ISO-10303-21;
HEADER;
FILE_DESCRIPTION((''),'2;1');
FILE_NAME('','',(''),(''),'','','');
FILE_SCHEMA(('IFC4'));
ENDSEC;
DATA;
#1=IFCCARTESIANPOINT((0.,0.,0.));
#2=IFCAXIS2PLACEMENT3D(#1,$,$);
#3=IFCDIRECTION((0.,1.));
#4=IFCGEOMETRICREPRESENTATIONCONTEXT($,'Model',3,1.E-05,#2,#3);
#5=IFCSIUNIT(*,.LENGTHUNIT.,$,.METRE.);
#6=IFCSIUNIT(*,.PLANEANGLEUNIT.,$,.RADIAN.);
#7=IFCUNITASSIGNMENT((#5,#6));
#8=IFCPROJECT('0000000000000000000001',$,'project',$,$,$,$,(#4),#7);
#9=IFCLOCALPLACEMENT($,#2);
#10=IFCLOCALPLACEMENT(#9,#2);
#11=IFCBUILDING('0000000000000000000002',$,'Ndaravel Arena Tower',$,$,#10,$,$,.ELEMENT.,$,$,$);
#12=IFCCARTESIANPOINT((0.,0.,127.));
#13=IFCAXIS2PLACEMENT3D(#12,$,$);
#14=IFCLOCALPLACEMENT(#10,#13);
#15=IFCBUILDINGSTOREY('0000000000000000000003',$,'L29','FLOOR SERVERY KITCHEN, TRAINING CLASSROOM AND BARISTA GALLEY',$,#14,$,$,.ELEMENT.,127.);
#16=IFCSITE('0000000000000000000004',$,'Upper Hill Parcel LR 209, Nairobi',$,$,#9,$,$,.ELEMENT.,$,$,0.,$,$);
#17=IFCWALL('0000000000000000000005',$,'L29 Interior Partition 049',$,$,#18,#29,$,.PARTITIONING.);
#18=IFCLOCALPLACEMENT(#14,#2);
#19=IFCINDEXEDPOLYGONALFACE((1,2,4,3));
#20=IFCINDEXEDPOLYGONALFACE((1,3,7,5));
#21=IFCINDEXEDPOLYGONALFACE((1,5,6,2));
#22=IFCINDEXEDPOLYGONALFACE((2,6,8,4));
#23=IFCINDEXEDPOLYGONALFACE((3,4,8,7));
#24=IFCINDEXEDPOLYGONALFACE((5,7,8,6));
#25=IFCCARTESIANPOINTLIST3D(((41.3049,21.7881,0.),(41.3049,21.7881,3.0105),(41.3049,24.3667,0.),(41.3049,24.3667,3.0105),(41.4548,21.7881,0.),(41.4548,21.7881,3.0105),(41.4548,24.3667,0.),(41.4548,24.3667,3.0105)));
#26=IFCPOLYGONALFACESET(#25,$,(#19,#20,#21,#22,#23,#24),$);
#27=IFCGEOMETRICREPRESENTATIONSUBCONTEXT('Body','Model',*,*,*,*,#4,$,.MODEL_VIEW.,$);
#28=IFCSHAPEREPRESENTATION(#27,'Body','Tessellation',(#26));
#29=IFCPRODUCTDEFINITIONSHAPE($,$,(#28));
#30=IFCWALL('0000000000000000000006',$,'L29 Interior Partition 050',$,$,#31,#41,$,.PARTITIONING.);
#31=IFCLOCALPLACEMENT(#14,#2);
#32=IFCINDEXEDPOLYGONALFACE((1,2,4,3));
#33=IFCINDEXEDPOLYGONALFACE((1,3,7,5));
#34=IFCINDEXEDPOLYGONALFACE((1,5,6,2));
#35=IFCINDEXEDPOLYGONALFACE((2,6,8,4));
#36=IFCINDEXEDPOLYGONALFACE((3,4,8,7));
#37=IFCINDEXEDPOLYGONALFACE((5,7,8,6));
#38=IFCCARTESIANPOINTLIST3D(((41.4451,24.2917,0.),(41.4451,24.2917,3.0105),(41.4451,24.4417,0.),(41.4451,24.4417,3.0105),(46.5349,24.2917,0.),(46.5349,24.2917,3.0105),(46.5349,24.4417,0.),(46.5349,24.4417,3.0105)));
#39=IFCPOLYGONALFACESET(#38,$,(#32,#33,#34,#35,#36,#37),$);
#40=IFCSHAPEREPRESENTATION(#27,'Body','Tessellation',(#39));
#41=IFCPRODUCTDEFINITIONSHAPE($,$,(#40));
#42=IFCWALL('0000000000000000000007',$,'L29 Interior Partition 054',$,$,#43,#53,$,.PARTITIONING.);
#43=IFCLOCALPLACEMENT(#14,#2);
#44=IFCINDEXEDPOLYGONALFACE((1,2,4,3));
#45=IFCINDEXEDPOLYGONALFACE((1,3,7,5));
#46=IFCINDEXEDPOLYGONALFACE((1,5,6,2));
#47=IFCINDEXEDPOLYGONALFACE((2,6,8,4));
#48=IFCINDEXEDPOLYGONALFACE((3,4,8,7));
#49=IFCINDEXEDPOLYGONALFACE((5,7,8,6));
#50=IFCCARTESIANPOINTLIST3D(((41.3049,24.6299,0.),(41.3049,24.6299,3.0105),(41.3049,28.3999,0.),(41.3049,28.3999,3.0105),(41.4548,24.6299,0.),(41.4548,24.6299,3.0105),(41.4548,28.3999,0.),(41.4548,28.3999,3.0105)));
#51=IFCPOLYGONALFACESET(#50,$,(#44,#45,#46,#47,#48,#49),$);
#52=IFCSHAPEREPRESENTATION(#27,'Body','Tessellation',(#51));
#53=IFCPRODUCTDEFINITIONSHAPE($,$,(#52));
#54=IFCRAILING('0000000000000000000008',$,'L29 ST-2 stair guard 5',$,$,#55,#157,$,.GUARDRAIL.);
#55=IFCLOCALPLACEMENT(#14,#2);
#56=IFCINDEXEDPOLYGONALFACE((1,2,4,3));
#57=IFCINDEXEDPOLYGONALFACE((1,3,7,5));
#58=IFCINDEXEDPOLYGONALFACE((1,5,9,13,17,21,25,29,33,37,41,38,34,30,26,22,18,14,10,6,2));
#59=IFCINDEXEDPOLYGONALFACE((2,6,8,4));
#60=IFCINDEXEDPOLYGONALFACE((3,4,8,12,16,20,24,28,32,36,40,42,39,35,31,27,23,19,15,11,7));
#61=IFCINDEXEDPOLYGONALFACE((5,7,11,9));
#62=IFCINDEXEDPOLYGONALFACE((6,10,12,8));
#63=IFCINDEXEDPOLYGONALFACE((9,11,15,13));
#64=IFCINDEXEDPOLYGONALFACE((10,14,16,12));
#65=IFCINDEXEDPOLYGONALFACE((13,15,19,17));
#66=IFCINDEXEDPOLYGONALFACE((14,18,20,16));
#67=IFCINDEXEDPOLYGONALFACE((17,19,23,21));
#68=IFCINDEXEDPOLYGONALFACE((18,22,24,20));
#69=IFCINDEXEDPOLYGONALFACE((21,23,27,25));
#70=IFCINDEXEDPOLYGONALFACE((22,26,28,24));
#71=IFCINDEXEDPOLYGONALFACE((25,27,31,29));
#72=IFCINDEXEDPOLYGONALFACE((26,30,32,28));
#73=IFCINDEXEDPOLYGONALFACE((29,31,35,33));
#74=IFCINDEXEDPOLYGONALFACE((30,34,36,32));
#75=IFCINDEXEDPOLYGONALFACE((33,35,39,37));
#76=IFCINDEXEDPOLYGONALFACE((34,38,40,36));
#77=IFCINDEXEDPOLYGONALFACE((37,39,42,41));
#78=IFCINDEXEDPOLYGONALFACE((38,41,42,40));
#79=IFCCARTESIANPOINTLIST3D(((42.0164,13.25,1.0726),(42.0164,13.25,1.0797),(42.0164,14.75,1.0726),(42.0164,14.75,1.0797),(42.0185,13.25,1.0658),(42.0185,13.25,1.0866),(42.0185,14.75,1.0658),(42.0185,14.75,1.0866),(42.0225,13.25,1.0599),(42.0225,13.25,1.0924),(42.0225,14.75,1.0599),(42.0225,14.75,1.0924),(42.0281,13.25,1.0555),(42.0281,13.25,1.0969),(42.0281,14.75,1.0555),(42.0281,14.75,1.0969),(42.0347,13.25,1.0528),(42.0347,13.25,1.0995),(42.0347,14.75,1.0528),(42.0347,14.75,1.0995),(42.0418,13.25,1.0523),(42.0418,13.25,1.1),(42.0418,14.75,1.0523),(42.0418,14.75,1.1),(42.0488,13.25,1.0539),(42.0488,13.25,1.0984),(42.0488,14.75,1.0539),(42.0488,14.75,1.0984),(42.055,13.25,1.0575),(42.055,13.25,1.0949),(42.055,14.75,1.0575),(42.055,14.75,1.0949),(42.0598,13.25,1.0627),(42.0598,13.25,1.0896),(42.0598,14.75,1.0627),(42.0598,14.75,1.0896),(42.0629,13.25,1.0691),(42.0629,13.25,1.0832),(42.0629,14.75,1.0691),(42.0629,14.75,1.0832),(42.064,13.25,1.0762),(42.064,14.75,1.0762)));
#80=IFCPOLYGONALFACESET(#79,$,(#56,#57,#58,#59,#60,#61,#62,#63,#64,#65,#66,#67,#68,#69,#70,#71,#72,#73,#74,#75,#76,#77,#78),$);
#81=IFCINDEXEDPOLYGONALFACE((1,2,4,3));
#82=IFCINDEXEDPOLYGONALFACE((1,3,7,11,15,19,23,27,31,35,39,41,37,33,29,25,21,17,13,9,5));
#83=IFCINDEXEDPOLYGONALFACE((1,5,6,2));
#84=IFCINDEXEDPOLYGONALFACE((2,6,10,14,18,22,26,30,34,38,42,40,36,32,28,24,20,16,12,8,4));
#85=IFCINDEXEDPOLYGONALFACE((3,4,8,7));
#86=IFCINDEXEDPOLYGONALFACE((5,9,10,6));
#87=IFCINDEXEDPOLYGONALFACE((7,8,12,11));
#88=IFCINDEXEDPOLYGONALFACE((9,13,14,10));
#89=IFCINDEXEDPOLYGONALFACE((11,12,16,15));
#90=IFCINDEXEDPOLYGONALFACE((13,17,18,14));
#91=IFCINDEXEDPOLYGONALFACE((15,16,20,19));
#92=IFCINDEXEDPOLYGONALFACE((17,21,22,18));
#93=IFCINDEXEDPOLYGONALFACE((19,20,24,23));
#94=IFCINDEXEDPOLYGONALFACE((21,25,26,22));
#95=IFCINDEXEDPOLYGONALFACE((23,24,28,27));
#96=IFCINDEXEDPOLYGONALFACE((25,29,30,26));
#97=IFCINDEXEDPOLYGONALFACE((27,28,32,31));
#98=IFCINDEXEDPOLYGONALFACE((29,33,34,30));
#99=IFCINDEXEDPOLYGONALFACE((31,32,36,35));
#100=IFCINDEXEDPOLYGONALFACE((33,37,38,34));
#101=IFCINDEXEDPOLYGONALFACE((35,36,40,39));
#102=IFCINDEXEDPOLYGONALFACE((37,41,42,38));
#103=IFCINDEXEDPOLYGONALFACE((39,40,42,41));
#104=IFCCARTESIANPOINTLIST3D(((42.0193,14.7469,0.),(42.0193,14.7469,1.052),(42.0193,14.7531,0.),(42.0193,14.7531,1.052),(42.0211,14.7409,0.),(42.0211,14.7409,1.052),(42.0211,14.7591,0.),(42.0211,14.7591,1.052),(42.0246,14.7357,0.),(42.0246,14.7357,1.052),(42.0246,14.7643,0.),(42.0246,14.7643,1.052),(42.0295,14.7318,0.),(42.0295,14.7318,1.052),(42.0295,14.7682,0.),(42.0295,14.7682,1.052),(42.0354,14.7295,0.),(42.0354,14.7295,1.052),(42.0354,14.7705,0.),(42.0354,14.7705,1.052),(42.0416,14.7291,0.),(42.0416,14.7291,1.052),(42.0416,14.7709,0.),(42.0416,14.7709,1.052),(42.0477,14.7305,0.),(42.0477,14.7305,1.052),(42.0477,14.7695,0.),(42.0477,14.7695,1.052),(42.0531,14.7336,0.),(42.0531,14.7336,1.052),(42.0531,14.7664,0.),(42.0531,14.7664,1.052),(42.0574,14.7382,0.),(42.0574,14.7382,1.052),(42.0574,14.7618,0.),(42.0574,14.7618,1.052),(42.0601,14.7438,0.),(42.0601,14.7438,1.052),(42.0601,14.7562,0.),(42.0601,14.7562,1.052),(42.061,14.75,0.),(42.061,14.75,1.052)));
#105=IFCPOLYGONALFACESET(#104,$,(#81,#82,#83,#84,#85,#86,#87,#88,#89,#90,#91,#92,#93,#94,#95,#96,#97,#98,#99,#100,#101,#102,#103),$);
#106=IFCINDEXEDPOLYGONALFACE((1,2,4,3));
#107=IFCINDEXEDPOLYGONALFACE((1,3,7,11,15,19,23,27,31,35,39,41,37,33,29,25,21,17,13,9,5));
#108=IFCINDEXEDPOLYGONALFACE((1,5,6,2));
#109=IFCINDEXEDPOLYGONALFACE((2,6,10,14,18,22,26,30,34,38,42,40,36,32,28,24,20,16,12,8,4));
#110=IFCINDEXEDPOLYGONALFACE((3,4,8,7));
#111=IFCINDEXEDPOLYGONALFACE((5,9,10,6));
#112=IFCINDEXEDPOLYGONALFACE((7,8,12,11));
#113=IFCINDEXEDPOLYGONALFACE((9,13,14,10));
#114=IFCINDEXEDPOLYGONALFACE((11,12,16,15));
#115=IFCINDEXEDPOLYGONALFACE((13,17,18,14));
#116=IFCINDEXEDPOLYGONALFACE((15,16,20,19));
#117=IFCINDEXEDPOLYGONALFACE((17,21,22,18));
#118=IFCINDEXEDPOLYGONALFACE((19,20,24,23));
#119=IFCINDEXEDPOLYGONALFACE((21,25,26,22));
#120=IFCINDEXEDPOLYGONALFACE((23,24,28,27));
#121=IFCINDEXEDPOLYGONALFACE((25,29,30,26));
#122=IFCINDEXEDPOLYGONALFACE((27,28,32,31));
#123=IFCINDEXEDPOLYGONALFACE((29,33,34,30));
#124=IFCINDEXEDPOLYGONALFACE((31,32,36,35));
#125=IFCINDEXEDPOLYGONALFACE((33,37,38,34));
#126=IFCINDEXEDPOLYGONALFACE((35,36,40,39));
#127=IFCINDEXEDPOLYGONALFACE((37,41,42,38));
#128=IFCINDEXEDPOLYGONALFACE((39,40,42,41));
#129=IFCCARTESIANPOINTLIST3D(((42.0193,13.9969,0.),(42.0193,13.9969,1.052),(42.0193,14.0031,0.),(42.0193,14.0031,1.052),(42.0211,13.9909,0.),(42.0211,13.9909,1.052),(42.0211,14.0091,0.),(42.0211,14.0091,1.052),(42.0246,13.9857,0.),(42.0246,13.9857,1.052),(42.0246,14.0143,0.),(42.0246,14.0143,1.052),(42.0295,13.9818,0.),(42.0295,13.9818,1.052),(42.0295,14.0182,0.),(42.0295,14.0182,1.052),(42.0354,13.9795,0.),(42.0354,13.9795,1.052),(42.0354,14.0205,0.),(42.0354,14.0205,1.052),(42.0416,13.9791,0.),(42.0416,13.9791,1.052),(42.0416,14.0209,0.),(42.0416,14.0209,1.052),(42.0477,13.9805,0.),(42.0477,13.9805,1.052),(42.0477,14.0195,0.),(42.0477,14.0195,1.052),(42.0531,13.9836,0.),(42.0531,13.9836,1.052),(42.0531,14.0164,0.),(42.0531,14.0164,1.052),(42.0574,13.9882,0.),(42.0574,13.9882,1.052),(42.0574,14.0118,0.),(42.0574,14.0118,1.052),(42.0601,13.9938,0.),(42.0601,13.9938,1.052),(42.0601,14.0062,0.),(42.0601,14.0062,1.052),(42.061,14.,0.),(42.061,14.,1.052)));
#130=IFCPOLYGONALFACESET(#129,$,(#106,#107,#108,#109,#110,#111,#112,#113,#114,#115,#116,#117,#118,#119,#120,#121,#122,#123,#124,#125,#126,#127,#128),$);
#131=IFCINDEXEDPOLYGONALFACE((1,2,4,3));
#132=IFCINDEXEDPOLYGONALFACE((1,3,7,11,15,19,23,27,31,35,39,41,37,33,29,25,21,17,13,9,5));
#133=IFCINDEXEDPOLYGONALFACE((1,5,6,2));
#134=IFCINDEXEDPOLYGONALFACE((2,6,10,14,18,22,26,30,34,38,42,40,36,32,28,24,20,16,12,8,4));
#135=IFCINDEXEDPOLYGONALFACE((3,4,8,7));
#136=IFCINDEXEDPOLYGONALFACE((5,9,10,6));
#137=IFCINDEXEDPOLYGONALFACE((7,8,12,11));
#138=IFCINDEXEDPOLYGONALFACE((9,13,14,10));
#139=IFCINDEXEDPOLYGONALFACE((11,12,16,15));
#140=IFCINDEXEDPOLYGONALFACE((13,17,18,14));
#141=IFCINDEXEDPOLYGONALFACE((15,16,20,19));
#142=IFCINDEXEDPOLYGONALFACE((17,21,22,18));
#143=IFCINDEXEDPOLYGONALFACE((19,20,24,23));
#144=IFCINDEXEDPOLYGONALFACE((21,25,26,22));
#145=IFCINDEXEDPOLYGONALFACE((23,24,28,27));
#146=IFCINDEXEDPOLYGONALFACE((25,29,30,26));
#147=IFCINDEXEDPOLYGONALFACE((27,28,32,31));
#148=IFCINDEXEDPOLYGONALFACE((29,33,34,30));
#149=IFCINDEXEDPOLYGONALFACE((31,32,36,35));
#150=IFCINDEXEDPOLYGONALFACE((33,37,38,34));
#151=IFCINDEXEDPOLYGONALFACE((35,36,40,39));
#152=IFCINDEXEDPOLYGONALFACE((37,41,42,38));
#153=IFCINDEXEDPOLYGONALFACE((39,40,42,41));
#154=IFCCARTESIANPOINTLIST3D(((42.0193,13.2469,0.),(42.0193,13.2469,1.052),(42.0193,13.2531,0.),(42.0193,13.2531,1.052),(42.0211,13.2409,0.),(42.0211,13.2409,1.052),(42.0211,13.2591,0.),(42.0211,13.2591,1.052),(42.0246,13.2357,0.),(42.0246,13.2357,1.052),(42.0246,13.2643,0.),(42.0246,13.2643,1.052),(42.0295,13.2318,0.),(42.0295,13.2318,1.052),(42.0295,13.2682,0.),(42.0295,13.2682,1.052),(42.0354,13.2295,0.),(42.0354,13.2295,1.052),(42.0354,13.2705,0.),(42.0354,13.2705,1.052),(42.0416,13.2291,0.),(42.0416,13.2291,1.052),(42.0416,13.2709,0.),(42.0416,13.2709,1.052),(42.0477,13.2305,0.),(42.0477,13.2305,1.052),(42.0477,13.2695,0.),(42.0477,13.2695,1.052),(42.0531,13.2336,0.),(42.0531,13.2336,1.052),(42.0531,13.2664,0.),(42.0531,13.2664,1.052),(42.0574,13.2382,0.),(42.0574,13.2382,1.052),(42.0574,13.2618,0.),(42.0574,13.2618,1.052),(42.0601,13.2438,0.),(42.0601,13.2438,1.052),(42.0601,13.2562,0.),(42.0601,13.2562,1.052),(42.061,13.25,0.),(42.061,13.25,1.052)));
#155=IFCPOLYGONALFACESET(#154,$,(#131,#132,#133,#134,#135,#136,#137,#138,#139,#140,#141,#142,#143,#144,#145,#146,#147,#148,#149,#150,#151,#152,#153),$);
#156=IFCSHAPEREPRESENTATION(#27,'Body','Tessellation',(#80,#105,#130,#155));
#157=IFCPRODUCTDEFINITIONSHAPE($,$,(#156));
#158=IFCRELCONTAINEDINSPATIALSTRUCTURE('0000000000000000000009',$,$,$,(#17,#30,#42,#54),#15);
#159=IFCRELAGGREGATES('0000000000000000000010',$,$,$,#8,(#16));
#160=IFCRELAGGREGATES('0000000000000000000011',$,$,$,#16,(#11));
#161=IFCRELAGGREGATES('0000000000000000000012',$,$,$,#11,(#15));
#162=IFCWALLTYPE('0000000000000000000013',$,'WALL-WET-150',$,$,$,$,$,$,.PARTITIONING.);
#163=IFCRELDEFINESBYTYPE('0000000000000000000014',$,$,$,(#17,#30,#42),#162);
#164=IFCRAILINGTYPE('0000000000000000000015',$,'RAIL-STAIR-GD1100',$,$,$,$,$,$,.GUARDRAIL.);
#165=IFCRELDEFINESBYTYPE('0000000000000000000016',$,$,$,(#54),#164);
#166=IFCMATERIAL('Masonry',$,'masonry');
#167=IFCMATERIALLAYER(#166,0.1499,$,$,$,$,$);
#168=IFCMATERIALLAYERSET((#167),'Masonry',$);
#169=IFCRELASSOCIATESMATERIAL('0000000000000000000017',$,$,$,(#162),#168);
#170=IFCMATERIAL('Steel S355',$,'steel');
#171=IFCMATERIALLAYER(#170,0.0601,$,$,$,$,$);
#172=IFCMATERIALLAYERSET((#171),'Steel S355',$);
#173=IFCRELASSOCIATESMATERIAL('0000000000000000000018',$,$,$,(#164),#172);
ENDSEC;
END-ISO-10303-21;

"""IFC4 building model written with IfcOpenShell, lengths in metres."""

from ifc_helpers import new_model, si_unit, direction, frame, frame_2d, origin, origin_2d, place, context, subcontext, project, spatial, rectangle, circle, extrude, material, layer, layer_set, type_object, element, save


model = new_model("IFC4")

# Units and contexts
model_context = context("Model", 3, precision=1e-05, world=origin(), true_north=direction((0.0, 1.0)))
body_context = subcontext(model_context, "Body", "Model", "MODEL_VIEW")
ifc_project = project(units=[si_unit("LENGTHUNIT", "METRE"), si_unit("PLANEANGLEUNIT", "RADIAN")], contexts=[model_context])

# Site, building, storey
site_placement = place(None, origin())
site = spatial("IfcSite", under=ifc_project, at=site_placement, Name="Upper Hill Parcel LR 209, Nairobi", CompositionType="ELEMENT", RefElevation=0.0)
building_placement = place(site_placement, origin())
building = spatial("IfcBuilding", under=site, at=building_placement, Name="Ndaravel Arena Tower", CompositionType="ELEMENT")
storey_placement = place(building_placement, frame((0.0, 0.0, 127.0)))
storey = spatial("IfcBuildingStorey", under=building, at=storey_placement, Name="L29", Description="FLOOR SERVERY KITCHEN, TRAINING CLASSROOM AND BARISTA GALLEY", CompositionType="ELEMENT", Elevation=127.0)

# Shared definitions
ifc_material_1 = material(Name="Masonry", Category="masonry")
ifc_layer_1 = layer(ifc_material_1, 0.1499)
ifc_layer_set_1 = layer_set([ifc_layer_1], Name="Masonry")
wall_type_1 = type_object("IfcWallType", Name="WALL-WET-150", PredefinedType="PARTITIONING", material=ifc_layer_set_1)

# Walls
wall_1_placement = place(storey_placement, frame((41.3799, 21.7881, 0.0), z_axis=(0.0, 0.0, 1.0), x_axis=(0.0, 1.0, 0.0)))
element("IfcWall", 1, at=wall_1_placement, inside=storey, type_object=wall_type_1, Name="L29 Interior Partition 049", PredefinedType="PARTITIONING", context=body_context, shape_type="SweptSolid", body=[
    extrude(rectangle(XDim=2.5786, YDim=0.1499, at=frame_2d((1.2893, 0.0))), origin(), (0.0, 0.0, 1.0), 3.0105),
])
wall_2_placement = place(storey_placement, frame((41.4451, 24.3667, 0.0), z_axis=(0.0, 0.0, 1.0), x_axis=(1.0, 0.0, 0.0)))
element("IfcWall", 2, at=wall_2_placement, inside=storey, type_object=wall_type_1, Name="L29 Interior Partition 050", PredefinedType="PARTITIONING", context=body_context, shape_type="SweptSolid", body=[
    extrude(rectangle(XDim=5.0898, YDim=0.1499, at=frame_2d((2.5449, 0.0))), origin(), (0.0, 0.0, 1.0), 3.0105),
])
wall_3_placement = place(storey_placement, frame((41.3799, 24.6299, 0.0), z_axis=(0.0, 0.0, 1.0), x_axis=(0.0, 1.0, 0.0)))
element("IfcWall", 3, at=wall_3_placement, inside=storey, type_object=wall_type_1, Name="L29 Interior Partition 054", PredefinedType="PARTITIONING", context=body_context, shape_type="SweptSolid", body=[
    extrude(rectangle(XDim=3.77, YDim=0.1499, at=frame_2d((1.885, 0.0))), origin(), (0.0, 0.0, 1.0), 3.0105),
])

# Railing
ifc_material_2 = material(Name="Steel S355", Category="steel")
ifc_layer_2 = layer(ifc_material_2, 0.0601)
ifc_layer_set_2 = layer_set([ifc_layer_2], Name="Steel S355")
railing_type = type_object("IfcRailingType", Name="RAIL-STAIR-GD1100", PredefinedType="GUARDRAIL", material=ifc_layer_set_2)
railing_placement = place(storey_placement, frame((42.04, 14.75, 0.0)))
element("IfcRailing", 4, at=railing_placement, inside=storey, type_object=railing_type, Name="L29 ST-2 stair guard 5", PredefinedType="GUARDRAIL", context=body_context, shape_type="SweptSolid", body=[
    extrude(circle(Radius=0.0239, at=origin_2d()), frame((0.0, 0.0, 1.0762), z_axis=(0.0, -1.0, 0.0), x_axis=(1.0, 0.0, 0.0)), (0.0, 0.0, 1.0), 1.5),
    extrude(circle(Radius=0.021, at=origin_2d()), origin(), (0.0, 0.0, 1.0), 1.052),
    extrude(circle(Radius=0.021, at=origin_2d()), frame((0.0, -0.75, 0.0)), (0.0, 0.0, 1.0), 1.052),
    extrude(circle(Radius=0.021, at=origin_2d()), frame((0.0, -1.5, 0.0)), (0.0, 0.0, 1.0), 1.052),
])

save(model, "model.ifc")
